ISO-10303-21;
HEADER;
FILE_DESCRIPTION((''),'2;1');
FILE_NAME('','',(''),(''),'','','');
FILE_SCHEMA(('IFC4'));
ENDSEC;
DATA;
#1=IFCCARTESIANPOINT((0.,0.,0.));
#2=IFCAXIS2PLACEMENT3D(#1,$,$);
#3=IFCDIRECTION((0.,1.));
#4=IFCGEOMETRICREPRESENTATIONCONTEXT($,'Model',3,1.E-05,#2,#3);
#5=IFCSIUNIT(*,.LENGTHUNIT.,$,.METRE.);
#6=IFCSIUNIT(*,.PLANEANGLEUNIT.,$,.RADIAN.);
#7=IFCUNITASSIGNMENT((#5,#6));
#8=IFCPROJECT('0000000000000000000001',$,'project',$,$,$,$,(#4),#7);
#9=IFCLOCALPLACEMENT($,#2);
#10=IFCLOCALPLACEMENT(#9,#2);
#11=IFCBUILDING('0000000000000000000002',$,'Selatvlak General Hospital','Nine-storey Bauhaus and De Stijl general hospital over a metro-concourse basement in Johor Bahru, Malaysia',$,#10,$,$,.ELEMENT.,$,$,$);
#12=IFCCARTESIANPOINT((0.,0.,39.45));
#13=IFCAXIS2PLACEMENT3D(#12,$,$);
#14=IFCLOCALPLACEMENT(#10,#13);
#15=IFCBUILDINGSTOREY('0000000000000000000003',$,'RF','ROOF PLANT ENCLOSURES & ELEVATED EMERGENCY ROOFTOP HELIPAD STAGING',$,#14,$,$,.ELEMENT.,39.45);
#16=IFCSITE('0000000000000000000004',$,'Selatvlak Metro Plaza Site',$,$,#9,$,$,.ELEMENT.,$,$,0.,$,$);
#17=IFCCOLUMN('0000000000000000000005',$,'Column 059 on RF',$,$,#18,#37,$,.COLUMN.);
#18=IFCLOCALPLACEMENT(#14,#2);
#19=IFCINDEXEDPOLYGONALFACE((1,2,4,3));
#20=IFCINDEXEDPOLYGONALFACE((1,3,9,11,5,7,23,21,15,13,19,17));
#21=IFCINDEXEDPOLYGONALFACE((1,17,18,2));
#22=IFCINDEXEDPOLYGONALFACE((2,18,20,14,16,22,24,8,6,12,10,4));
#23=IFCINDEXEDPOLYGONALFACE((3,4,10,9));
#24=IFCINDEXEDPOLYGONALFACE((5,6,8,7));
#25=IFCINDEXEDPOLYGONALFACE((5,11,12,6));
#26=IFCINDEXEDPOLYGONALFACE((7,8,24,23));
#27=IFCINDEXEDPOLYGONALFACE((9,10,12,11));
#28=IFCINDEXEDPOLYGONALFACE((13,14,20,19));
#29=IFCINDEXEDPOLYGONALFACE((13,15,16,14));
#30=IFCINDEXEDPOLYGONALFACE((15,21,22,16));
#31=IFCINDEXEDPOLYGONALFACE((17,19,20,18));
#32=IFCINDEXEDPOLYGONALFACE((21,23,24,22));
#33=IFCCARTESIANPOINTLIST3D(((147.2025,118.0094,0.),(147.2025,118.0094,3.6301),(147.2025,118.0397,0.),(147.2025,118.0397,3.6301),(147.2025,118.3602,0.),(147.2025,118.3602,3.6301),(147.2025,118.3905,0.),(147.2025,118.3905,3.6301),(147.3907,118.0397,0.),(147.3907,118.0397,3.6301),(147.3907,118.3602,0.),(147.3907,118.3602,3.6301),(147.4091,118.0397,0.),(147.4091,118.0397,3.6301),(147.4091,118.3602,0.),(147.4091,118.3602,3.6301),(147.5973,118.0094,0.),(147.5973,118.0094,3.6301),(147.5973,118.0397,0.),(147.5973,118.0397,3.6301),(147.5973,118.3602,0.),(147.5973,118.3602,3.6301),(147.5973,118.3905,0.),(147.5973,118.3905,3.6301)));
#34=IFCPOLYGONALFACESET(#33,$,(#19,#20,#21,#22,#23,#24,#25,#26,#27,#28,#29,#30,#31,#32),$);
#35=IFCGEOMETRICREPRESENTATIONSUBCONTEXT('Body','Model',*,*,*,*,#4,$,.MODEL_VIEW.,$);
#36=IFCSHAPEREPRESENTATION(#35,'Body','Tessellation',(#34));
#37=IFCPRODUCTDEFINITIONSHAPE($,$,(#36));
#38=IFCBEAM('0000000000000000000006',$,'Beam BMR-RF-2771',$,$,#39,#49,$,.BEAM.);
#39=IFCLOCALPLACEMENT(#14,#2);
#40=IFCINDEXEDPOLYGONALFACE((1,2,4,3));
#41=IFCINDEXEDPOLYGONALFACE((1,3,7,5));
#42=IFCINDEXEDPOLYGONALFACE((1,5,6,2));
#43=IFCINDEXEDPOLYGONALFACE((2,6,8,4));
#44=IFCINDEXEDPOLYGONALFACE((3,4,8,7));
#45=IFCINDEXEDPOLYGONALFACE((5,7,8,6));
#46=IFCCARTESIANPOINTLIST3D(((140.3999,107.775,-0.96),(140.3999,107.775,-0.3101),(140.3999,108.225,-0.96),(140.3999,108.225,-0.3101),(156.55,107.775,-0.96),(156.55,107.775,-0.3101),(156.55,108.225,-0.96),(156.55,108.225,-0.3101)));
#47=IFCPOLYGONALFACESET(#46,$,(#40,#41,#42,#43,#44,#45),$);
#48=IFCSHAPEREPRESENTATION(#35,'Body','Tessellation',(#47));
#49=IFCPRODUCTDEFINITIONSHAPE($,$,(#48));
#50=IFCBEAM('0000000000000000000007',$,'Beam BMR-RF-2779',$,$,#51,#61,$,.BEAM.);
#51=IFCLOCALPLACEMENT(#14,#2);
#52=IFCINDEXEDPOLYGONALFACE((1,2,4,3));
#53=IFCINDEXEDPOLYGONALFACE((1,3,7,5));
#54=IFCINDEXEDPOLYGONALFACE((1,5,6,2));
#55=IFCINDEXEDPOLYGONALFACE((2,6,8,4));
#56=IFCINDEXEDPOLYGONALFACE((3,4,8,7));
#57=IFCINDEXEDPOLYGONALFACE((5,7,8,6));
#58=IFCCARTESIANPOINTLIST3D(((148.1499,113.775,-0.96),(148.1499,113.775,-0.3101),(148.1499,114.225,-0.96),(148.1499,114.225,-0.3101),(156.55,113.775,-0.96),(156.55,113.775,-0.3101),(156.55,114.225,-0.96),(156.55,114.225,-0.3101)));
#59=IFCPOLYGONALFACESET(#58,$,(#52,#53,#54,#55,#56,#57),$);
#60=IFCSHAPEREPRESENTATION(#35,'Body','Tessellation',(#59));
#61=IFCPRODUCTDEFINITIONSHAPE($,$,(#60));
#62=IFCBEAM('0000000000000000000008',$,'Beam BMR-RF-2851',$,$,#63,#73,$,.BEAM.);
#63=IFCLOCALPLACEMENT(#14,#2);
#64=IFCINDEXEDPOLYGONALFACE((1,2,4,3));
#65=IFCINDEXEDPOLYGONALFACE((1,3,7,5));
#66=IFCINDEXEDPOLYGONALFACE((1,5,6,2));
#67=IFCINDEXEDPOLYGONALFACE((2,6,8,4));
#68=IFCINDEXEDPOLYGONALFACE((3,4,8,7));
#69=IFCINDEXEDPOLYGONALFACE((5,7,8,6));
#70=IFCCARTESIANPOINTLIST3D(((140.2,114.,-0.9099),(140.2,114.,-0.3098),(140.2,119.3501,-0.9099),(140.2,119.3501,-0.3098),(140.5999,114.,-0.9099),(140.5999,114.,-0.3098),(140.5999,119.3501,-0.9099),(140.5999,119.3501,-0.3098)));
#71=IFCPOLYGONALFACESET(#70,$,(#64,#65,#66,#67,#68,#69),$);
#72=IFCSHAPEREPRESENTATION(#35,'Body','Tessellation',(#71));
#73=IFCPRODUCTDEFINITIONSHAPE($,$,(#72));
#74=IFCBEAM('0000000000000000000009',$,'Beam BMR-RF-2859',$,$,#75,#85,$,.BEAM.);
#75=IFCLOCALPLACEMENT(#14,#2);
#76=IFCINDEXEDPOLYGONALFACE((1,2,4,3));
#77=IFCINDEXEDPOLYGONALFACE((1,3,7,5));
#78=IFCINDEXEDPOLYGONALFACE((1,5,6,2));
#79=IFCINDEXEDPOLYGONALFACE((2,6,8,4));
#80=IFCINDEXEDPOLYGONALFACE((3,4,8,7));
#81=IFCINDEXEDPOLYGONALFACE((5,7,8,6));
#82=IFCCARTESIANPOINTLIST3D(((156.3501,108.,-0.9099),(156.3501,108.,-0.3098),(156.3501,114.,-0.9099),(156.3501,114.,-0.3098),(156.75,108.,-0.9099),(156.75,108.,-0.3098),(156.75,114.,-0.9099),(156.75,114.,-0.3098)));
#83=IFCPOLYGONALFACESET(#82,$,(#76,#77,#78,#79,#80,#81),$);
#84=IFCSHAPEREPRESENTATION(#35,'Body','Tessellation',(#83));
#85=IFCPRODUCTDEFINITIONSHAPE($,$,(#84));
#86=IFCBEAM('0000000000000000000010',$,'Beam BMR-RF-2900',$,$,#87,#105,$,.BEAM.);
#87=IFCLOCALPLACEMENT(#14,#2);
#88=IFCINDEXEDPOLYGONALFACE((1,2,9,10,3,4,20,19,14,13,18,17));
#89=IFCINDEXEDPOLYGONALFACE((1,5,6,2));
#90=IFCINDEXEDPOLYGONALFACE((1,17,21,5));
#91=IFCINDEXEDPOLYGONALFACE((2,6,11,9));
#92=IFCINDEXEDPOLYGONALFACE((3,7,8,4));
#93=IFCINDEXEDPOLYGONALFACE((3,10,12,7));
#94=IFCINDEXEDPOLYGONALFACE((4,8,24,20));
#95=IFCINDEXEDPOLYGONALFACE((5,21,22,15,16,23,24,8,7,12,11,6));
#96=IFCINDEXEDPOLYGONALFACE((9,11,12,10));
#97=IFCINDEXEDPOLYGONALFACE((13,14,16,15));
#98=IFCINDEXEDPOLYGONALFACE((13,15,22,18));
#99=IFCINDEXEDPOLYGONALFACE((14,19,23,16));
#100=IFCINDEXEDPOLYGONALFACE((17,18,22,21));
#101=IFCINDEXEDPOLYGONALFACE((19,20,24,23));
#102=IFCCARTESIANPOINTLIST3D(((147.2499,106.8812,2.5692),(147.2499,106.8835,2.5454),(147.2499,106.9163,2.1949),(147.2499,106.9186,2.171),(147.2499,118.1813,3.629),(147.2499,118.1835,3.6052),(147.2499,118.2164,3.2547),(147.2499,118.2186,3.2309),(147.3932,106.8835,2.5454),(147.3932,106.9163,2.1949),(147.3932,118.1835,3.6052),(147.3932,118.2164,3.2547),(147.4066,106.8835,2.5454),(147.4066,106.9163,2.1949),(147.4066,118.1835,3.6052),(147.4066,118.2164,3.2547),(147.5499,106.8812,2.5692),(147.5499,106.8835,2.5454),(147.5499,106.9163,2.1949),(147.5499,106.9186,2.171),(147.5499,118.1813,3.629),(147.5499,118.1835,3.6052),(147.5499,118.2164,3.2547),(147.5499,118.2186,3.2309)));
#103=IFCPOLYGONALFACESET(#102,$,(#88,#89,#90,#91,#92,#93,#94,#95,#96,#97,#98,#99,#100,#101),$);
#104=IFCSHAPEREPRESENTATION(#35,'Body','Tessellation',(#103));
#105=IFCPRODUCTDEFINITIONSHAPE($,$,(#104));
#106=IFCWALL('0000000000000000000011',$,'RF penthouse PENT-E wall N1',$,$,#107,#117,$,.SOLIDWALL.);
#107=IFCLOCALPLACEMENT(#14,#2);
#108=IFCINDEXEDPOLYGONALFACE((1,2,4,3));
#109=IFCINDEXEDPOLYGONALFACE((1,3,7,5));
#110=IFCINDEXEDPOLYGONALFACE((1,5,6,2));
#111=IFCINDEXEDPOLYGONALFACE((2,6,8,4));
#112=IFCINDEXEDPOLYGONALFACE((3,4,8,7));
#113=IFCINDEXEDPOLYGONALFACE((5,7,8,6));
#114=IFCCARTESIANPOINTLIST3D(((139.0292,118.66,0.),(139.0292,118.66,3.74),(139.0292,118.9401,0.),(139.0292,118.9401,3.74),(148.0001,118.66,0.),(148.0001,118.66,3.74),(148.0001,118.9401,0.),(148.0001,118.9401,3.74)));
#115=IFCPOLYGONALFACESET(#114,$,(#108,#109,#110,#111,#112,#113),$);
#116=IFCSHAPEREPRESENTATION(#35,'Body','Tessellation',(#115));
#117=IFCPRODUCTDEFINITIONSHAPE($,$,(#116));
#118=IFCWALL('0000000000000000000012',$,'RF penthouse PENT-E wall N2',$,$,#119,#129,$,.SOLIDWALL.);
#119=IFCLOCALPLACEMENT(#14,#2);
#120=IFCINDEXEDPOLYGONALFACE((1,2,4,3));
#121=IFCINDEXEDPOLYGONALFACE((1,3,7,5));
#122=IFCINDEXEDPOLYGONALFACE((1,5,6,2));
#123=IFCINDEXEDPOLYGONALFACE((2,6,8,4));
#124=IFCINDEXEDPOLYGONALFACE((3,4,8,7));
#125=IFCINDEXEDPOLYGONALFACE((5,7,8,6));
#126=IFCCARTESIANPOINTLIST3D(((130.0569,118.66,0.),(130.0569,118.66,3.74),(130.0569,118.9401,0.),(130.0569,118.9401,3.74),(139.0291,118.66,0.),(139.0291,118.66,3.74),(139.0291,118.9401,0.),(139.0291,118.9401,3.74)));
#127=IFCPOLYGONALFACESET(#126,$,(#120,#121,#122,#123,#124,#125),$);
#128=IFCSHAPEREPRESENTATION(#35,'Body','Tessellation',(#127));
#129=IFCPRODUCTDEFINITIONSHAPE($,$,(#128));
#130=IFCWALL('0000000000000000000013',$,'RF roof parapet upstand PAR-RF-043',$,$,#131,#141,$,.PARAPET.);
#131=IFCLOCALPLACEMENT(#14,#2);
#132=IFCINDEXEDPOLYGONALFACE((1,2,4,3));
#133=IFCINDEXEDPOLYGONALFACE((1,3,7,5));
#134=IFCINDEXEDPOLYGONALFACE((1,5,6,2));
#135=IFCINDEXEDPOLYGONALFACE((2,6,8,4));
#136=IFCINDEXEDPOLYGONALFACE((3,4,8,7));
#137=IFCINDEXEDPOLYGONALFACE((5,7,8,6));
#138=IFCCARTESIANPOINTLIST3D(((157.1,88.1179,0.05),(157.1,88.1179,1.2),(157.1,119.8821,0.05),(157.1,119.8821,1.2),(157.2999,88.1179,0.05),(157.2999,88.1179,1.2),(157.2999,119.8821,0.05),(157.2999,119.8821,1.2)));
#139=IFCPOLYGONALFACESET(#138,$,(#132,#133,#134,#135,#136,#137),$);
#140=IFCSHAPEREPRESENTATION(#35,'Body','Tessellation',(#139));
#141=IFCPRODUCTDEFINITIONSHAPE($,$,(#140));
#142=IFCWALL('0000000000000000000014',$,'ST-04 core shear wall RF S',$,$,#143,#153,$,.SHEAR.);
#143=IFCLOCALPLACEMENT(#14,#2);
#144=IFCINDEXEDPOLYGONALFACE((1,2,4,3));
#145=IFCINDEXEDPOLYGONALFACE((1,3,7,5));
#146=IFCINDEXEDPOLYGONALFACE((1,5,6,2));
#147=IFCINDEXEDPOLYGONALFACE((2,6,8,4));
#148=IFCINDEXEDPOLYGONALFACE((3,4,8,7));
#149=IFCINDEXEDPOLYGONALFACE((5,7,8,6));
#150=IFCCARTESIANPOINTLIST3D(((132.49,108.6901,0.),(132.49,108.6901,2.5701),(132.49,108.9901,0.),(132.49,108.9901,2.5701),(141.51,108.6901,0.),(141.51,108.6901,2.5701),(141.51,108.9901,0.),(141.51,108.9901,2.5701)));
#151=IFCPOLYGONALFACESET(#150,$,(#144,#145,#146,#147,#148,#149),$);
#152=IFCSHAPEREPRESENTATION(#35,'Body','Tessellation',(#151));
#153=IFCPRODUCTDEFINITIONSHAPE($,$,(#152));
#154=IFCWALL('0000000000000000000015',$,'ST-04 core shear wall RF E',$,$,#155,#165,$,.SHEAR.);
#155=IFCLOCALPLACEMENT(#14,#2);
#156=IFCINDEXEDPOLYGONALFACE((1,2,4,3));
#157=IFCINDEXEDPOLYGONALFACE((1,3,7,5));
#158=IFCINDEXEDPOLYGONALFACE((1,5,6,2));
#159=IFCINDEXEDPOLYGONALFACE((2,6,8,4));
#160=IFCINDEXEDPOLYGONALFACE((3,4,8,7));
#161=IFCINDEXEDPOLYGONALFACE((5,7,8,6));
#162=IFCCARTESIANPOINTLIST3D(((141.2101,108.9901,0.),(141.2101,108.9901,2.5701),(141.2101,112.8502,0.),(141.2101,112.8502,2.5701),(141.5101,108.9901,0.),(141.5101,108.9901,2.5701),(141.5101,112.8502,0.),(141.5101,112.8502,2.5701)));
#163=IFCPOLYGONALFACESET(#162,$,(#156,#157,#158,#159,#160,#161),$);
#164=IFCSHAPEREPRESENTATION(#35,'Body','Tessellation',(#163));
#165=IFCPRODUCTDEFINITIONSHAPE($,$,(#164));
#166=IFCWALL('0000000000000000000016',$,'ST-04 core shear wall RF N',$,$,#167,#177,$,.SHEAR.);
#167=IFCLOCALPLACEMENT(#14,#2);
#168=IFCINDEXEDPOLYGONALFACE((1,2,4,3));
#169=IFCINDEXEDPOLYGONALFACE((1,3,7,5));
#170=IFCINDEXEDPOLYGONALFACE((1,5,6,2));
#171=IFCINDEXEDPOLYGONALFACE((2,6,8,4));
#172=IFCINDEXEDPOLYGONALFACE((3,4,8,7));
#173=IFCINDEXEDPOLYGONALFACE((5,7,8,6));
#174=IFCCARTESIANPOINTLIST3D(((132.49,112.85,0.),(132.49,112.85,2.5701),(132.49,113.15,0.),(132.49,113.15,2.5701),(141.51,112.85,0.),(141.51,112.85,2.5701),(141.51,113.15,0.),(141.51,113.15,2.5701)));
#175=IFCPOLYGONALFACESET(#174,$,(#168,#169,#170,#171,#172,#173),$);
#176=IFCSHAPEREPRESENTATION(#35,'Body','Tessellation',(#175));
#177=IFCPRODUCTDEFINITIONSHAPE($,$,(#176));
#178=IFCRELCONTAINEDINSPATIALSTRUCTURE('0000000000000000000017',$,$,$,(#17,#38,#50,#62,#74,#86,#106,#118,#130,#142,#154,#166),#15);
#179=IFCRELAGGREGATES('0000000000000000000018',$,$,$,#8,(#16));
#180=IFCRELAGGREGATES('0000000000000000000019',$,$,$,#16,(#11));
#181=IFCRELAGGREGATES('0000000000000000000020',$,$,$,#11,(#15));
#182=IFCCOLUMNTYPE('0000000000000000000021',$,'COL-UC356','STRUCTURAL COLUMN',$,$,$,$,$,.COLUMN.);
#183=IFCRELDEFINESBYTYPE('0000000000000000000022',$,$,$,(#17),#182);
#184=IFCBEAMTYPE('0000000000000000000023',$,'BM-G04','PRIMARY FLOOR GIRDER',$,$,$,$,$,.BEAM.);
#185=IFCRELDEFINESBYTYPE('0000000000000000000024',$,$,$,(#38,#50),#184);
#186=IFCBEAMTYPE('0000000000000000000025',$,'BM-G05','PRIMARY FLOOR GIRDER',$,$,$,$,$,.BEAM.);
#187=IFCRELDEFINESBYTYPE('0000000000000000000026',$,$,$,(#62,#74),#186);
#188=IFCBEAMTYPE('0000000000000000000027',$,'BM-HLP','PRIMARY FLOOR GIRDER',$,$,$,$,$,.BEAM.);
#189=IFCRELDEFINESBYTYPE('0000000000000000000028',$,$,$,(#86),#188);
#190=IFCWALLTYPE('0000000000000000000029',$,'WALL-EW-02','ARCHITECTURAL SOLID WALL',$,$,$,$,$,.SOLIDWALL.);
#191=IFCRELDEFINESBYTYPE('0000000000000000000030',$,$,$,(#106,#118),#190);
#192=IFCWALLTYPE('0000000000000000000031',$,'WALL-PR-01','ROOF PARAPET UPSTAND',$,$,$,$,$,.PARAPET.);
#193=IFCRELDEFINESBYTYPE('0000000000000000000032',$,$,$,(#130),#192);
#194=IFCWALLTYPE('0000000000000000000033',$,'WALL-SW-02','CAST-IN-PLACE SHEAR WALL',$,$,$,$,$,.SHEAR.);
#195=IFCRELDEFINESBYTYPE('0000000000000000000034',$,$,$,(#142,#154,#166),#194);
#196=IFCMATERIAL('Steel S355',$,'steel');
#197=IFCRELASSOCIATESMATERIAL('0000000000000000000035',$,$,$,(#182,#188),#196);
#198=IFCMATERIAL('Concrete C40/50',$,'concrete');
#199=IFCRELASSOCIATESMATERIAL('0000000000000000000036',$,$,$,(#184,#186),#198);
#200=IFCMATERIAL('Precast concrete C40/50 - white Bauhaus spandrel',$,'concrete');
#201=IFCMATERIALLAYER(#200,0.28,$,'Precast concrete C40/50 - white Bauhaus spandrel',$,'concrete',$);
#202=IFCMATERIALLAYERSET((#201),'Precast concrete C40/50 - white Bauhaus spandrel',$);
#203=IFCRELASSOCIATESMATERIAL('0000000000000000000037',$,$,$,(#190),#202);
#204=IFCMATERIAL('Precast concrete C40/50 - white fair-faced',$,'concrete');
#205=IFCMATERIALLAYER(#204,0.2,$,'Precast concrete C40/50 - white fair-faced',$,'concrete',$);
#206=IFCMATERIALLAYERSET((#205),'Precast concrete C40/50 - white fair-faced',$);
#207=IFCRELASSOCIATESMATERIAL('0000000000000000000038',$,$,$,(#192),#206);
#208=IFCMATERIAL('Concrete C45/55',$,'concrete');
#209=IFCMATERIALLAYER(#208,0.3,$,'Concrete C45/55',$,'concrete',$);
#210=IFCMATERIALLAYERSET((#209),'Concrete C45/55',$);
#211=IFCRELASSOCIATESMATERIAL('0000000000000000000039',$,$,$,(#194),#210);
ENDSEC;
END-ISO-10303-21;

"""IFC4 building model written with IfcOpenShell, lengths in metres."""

from ifc_helpers import new_model, si_unit, direction, frame, frame_2d, origin, origin_2d, place, context, subcontext, project, spatial, rectangle, i_section, extrude, material, layer, layer_set, material_profile, profile_set, type_object, element, save


model = new_model("IFC4")

# Units and contexts
model_context = context("Model", 3, precision=1e-05, world=origin(), true_north=direction((0.0, 1.0)))
body_context = subcontext(model_context, "Body", "Model", "MODEL_VIEW")
ifc_project = project(units=[si_unit("LENGTHUNIT", "METRE"), si_unit("PLANEANGLEUNIT", "RADIAN")], contexts=[model_context])

# Site, building, storey
site_placement = place(None, origin())
site = spatial("IfcSite", under=ifc_project, at=site_placement, Name="Selatvlak Metro Plaza Site", CompositionType="ELEMENT", RefElevation=0.0)
building_placement = place(site_placement, origin())
building = spatial("IfcBuilding", under=site, at=building_placement, Name="Selatvlak General Hospital", Description="Nine-storey Bauhaus and De Stijl general hospital over a metro-concourse basement in Johor Bahru, Malaysia", CompositionType="ELEMENT")
storey_placement = place(building_placement, frame((0.0, 0.0, 39.45)))
storey = spatial("IfcBuildingStorey", under=building, at=storey_placement, Name="RF", Description="ROOF PLANT ENCLOSURES & ELEVATED EMERGENCY ROOFTOP HELIPAD STAGING", CompositionType="ELEMENT", Elevation=39.45)

# Column
ifc_material_1 = material(Name="Steel S355", Category="steel")
ifc_material_profile_1 = material_profile(ifc_material_1, i_section(OverallWidth=0.3948, OverallDepth=0.3811, WebThickness=0.0183, FlangeThickness=0.0303, at=origin_2d()), Name="UC 356x406x235")
ifc_profile_set_1 = profile_set([ifc_material_profile_1], Name="Steel S355")
column_type = type_object("IfcColumnType", Name="COL-UC356", Description="STRUCTURAL COLUMN", PredefinedType="COLUMN", material=ifc_profile_set_1)
column_placement = place(storey_placement, frame((147.3999, 118.2, 0.0), z_axis=(0.0, 0.0, 1.0), x_axis=(1.0, 0.0, 0.0)))
element("IfcColumn", 1, at=column_placement, inside=storey, type_object=column_type, Name="Column 059 on RF", PredefinedType="COLUMN", context=body_context, shape_type="SweptSolid", body=[
    extrude(i_section(OverallWidth=0.3948, OverallDepth=0.3811, WebThickness=0.0183, FlangeThickness=0.0303, at=origin_2d()), origin(), (0.0, 0.0, 1.0), 3.6301),
])

# Beams
ifc_material_2 = material(Name="Concrete C40/50", Category="concrete")
ifc_material_profile_2 = material_profile(ifc_material_2, rectangle(XDim=0.45, YDim=0.6499, at=origin_2d()), Name="RC-BM 450x650")
ifc_profile_set_2 = profile_set([ifc_material_profile_2], Name="Concrete C40/50")
beam_type_1 = type_object("IfcBeamType", Name="BM-G04", Description="PRIMARY FLOOR GIRDER", PredefinedType="BEAM", material=ifc_profile_set_2)
beam_1_placement = place(storey_placement, frame((140.3999, 108.0, -0.635), z_axis=(1.0, 0.0, 0.0), x_axis=(0.0, 1.0, 0.0)))
element("IfcBeam", 2, at=beam_1_placement, inside=storey, type_object=beam_type_1, Name="Beam BMR-RF-2771", PredefinedType="BEAM", context=body_context, shape_type="SweptSolid", body=[
    extrude(rectangle(XDim=0.45, YDim=0.6499, at=origin_2d()), origin(), (0.0, 0.0, 1.0), 16.1501),
])
beam_2_placement = place(storey_placement, frame((148.1499, 114.0, -0.635), z_axis=(1.0, 0.0, 0.0), x_axis=(0.0, 1.0, 0.0)))
element("IfcBeam", 3, at=beam_2_placement, inside=storey, type_object=beam_type_1, Name="Beam BMR-RF-2779", PredefinedType="BEAM", context=body_context, shape_type="SweptSolid", body=[
    extrude(rectangle(XDim=0.45, YDim=0.6499, at=origin_2d()), origin(), (0.0, 0.0, 1.0), 8.4001),
])
ifc_material_profile_3 = material_profile(ifc_material_2, rectangle(XDim=0.3999, YDim=0.6001, at=origin_2d()), Name="RC-BM 400x600")
ifc_profile_set_3 = profile_set([ifc_material_profile_3], Name="Concrete C40/50")
beam_type_2 = type_object("IfcBeamType", Name="BM-G05", Description="PRIMARY FLOOR GIRDER", PredefinedType="BEAM", material=ifc_profile_set_3)
beam_3_placement = place(storey_placement, frame((140.3999, 114.0, -0.6099), z_axis=(0.0, 1.0, 0.0), x_axis=(-1.0, 0.0, 0.0)))
element("IfcBeam", 4, at=beam_3_placement, inside=storey, type_object=beam_type_2, Name="Beam BMR-RF-2851", PredefinedType="BEAM", context=body_context, shape_type="SweptSolid", body=[
    extrude(rectangle(XDim=0.3999, YDim=0.6001, at=origin_2d()), origin(), (0.0, 0.0, 1.0), 5.3501),
])
beam_4_placement = place(storey_placement, frame((156.55, 108.0, -0.6099), z_axis=(0.0, 1.0, 0.0), x_axis=(-1.0, 0.0, 0.0)))
element("IfcBeam", 5, at=beam_4_placement, inside=storey, type_object=beam_type_2, Name="Beam BMR-RF-2859", PredefinedType="BEAM", context=body_context, shape_type="SweptSolid", body=[
    extrude(rectangle(XDim=0.3999, YDim=0.6001, at=origin_2d()), origin(), (0.0, 0.0, 1.0), 6.0),
])
ifc_material_profile_4 = material_profile(ifc_material_1, i_section(OverallWidth=0.3, OverallDepth=0.3999, WebThickness=0.0134, FlangeThickness=0.0239, at=origin_2d()), Name="HEB 400")
ifc_profile_set_4 = profile_set([ifc_material_profile_4], Name="Steel S355")
beam_type_3 = type_object("IfcBeamType", Name="BM-HLP", Description="PRIMARY FLOOR GIRDER", PredefinedType="BEAM", material=ifc_profile_set_4)
beam_5_placement = place(storey_placement, frame((147.3999, 106.8999, 2.3701), z_axis=(0.0, 0.995631, 0.093379), x_axis=(-1.0, 0.0, 0.0)))
element("IfcBeam", 6, at=beam_5_placement, inside=storey, type_object=beam_type_3, Name="Beam BMR-RF-2900", PredefinedType="BEAM", context=body_context, shape_type="SweptSolid", body=[
    extrude(i_section(OverallWidth=0.3, OverallDepth=0.3999, WebThickness=0.0134, FlangeThickness=0.0239, at=origin_2d()), origin(), (0.0, 0.0, 1.0), 11.3496),
])

# Walls
ifc_material_3 = material(Name="Precast concrete C40/50 - white Bauhaus spandrel", Category="concrete")
ifc_layer_1 = layer(ifc_material_3, 0.28, Name="Precast concrete C40/50 - white Bauhaus spandrel", Category="concrete")
ifc_layer_set_1 = layer_set([ifc_layer_1], Name="Precast concrete C40/50 - white Bauhaus spandrel")
wall_type_1 = type_object("IfcWallType", Name="WALL-EW-02", Description="ARCHITECTURAL SOLID WALL", PredefinedType="SOLIDWALL", material=ifc_layer_set_1)
wall_1_placement = place(storey_placement, frame((148.0, 118.8, 0.0), z_axis=(0.0, 0.0, 1.0), x_axis=(-1.0, 0.0, 0.0)))
element("IfcWall", 7, at=wall_1_placement, inside=storey, type_object=wall_type_1, Name="RF penthouse PENT-E wall N1", PredefinedType="SOLIDWALL", context=body_context, shape_type="SweptSolid", body=[
    extrude(rectangle(XDim=8.9709, YDim=0.28, at=frame_2d((4.4854, 0.0))), origin(), (0.0, 0.0, 1.0), 3.74),
])
wall_2_placement = place(storey_placement, frame((139.0291, 118.8, 0.0), z_axis=(0.0, 0.0, 1.0), x_axis=(-1.0, 0.0, 0.0)))
element("IfcWall", 8, at=wall_2_placement, inside=storey, type_object=wall_type_1, Name="RF penthouse PENT-E wall N2", PredefinedType="SOLIDWALL", context=body_context, shape_type="SweptSolid", body=[
    extrude(rectangle(XDim=8.9722, YDim=0.28, at=frame_2d((4.4861, 0.0))), origin(), (0.0, 0.0, 1.0), 3.74),
])
ifc_material_4 = material(Name="Precast concrete C40/50 - white fair-faced", Category="concrete")
ifc_layer_2 = layer(ifc_material_4, 0.2, Name="Precast concrete C40/50 - white fair-faced", Category="concrete")
ifc_layer_set_2 = layer_set([ifc_layer_2], Name="Precast concrete C40/50 - white fair-faced")
wall_type_2 = type_object("IfcWallType", Name="WALL-PR-01", Description="ROOF PARAPET UPSTAND", PredefinedType="PARAPET", material=ifc_layer_set_2)
wall_3_placement = place(storey_placement, frame((157.2, 119.8821, 0.05), z_axis=(0.0, 0.0, 1.0), x_axis=(0.0, -1.0, 0.0)))
element("IfcWall", 9, at=wall_3_placement, inside=storey, type_object=wall_type_2, Name="RF roof parapet upstand PAR-RF-043", PredefinedType="PARAPET", context=body_context, shape_type="SweptSolid", body=[
    extrude(rectangle(XDim=31.7642, YDim=0.2, at=frame_2d((15.8821, 0.0))), origin(), (0.0, 0.0, 1.0), 1.1499),
])
ifc_material_5 = material(Name="Concrete C45/55", Category="concrete")
ifc_layer_3 = layer(ifc_material_5, 0.3, Name="Concrete C45/55", Category="concrete")
ifc_layer_set_3 = layer_set([ifc_layer_3], Name="Concrete C45/55")
wall_type_3 = type_object("IfcWallType", Name="WALL-SW-02", Description="CAST-IN-PLACE SHEAR WALL", PredefinedType="SHEAR", material=ifc_layer_set_3)
wall_4_placement = place(storey_placement, frame((132.49, 108.8401, 0.0), z_axis=(0.0, 0.0, 1.0), x_axis=(1.0, 0.0, 0.0)))
element("IfcWall", 10, at=wall_4_placement, inside=storey, type_object=wall_type_3, Name="ST-04 core shear wall RF S", PredefinedType="SHEAR", context=body_context, shape_type="SweptSolid", body=[
    extrude(rectangle(XDim=9.02, YDim=0.3, at=frame_2d((4.51, 0.0))), origin(), (0.0, 0.0, 1.0), 2.5701),
])
wall_5_placement = place(storey_placement, frame((141.3601, 108.99, 0.0), z_axis=(0.0, 0.0, 1.0), x_axis=(0.0, 1.0, 0.0)))
element("IfcWall", 11, at=wall_5_placement, inside=storey, type_object=wall_type_3, Name="ST-04 core shear wall RF E", PredefinedType="SHEAR", context=body_context, shape_type="SweptSolid", body=[
    extrude(rectangle(XDim=3.8601, YDim=0.3, at=frame_2d((1.9302, 0.0))), origin(), (0.0, 0.0, 1.0), 2.5701),
])
wall_6_placement = place(storey_placement, frame((141.51, 113.0, 0.0), z_axis=(0.0, 0.0, 1.0), x_axis=(-1.0, 0.0, 0.0)))
element("IfcWall", 12, at=wall_6_placement, inside=storey, type_object=wall_type_3, Name="ST-04 core shear wall RF N", PredefinedType="SHEAR", context=body_context, shape_type="SweptSolid", body=[
    extrude(rectangle(XDim=9.02, YDim=0.3, at=frame_2d((4.51, 0.0))), origin(), (0.0, 0.0, 1.0), 2.5701),
])

save(model, "model.ifc")
